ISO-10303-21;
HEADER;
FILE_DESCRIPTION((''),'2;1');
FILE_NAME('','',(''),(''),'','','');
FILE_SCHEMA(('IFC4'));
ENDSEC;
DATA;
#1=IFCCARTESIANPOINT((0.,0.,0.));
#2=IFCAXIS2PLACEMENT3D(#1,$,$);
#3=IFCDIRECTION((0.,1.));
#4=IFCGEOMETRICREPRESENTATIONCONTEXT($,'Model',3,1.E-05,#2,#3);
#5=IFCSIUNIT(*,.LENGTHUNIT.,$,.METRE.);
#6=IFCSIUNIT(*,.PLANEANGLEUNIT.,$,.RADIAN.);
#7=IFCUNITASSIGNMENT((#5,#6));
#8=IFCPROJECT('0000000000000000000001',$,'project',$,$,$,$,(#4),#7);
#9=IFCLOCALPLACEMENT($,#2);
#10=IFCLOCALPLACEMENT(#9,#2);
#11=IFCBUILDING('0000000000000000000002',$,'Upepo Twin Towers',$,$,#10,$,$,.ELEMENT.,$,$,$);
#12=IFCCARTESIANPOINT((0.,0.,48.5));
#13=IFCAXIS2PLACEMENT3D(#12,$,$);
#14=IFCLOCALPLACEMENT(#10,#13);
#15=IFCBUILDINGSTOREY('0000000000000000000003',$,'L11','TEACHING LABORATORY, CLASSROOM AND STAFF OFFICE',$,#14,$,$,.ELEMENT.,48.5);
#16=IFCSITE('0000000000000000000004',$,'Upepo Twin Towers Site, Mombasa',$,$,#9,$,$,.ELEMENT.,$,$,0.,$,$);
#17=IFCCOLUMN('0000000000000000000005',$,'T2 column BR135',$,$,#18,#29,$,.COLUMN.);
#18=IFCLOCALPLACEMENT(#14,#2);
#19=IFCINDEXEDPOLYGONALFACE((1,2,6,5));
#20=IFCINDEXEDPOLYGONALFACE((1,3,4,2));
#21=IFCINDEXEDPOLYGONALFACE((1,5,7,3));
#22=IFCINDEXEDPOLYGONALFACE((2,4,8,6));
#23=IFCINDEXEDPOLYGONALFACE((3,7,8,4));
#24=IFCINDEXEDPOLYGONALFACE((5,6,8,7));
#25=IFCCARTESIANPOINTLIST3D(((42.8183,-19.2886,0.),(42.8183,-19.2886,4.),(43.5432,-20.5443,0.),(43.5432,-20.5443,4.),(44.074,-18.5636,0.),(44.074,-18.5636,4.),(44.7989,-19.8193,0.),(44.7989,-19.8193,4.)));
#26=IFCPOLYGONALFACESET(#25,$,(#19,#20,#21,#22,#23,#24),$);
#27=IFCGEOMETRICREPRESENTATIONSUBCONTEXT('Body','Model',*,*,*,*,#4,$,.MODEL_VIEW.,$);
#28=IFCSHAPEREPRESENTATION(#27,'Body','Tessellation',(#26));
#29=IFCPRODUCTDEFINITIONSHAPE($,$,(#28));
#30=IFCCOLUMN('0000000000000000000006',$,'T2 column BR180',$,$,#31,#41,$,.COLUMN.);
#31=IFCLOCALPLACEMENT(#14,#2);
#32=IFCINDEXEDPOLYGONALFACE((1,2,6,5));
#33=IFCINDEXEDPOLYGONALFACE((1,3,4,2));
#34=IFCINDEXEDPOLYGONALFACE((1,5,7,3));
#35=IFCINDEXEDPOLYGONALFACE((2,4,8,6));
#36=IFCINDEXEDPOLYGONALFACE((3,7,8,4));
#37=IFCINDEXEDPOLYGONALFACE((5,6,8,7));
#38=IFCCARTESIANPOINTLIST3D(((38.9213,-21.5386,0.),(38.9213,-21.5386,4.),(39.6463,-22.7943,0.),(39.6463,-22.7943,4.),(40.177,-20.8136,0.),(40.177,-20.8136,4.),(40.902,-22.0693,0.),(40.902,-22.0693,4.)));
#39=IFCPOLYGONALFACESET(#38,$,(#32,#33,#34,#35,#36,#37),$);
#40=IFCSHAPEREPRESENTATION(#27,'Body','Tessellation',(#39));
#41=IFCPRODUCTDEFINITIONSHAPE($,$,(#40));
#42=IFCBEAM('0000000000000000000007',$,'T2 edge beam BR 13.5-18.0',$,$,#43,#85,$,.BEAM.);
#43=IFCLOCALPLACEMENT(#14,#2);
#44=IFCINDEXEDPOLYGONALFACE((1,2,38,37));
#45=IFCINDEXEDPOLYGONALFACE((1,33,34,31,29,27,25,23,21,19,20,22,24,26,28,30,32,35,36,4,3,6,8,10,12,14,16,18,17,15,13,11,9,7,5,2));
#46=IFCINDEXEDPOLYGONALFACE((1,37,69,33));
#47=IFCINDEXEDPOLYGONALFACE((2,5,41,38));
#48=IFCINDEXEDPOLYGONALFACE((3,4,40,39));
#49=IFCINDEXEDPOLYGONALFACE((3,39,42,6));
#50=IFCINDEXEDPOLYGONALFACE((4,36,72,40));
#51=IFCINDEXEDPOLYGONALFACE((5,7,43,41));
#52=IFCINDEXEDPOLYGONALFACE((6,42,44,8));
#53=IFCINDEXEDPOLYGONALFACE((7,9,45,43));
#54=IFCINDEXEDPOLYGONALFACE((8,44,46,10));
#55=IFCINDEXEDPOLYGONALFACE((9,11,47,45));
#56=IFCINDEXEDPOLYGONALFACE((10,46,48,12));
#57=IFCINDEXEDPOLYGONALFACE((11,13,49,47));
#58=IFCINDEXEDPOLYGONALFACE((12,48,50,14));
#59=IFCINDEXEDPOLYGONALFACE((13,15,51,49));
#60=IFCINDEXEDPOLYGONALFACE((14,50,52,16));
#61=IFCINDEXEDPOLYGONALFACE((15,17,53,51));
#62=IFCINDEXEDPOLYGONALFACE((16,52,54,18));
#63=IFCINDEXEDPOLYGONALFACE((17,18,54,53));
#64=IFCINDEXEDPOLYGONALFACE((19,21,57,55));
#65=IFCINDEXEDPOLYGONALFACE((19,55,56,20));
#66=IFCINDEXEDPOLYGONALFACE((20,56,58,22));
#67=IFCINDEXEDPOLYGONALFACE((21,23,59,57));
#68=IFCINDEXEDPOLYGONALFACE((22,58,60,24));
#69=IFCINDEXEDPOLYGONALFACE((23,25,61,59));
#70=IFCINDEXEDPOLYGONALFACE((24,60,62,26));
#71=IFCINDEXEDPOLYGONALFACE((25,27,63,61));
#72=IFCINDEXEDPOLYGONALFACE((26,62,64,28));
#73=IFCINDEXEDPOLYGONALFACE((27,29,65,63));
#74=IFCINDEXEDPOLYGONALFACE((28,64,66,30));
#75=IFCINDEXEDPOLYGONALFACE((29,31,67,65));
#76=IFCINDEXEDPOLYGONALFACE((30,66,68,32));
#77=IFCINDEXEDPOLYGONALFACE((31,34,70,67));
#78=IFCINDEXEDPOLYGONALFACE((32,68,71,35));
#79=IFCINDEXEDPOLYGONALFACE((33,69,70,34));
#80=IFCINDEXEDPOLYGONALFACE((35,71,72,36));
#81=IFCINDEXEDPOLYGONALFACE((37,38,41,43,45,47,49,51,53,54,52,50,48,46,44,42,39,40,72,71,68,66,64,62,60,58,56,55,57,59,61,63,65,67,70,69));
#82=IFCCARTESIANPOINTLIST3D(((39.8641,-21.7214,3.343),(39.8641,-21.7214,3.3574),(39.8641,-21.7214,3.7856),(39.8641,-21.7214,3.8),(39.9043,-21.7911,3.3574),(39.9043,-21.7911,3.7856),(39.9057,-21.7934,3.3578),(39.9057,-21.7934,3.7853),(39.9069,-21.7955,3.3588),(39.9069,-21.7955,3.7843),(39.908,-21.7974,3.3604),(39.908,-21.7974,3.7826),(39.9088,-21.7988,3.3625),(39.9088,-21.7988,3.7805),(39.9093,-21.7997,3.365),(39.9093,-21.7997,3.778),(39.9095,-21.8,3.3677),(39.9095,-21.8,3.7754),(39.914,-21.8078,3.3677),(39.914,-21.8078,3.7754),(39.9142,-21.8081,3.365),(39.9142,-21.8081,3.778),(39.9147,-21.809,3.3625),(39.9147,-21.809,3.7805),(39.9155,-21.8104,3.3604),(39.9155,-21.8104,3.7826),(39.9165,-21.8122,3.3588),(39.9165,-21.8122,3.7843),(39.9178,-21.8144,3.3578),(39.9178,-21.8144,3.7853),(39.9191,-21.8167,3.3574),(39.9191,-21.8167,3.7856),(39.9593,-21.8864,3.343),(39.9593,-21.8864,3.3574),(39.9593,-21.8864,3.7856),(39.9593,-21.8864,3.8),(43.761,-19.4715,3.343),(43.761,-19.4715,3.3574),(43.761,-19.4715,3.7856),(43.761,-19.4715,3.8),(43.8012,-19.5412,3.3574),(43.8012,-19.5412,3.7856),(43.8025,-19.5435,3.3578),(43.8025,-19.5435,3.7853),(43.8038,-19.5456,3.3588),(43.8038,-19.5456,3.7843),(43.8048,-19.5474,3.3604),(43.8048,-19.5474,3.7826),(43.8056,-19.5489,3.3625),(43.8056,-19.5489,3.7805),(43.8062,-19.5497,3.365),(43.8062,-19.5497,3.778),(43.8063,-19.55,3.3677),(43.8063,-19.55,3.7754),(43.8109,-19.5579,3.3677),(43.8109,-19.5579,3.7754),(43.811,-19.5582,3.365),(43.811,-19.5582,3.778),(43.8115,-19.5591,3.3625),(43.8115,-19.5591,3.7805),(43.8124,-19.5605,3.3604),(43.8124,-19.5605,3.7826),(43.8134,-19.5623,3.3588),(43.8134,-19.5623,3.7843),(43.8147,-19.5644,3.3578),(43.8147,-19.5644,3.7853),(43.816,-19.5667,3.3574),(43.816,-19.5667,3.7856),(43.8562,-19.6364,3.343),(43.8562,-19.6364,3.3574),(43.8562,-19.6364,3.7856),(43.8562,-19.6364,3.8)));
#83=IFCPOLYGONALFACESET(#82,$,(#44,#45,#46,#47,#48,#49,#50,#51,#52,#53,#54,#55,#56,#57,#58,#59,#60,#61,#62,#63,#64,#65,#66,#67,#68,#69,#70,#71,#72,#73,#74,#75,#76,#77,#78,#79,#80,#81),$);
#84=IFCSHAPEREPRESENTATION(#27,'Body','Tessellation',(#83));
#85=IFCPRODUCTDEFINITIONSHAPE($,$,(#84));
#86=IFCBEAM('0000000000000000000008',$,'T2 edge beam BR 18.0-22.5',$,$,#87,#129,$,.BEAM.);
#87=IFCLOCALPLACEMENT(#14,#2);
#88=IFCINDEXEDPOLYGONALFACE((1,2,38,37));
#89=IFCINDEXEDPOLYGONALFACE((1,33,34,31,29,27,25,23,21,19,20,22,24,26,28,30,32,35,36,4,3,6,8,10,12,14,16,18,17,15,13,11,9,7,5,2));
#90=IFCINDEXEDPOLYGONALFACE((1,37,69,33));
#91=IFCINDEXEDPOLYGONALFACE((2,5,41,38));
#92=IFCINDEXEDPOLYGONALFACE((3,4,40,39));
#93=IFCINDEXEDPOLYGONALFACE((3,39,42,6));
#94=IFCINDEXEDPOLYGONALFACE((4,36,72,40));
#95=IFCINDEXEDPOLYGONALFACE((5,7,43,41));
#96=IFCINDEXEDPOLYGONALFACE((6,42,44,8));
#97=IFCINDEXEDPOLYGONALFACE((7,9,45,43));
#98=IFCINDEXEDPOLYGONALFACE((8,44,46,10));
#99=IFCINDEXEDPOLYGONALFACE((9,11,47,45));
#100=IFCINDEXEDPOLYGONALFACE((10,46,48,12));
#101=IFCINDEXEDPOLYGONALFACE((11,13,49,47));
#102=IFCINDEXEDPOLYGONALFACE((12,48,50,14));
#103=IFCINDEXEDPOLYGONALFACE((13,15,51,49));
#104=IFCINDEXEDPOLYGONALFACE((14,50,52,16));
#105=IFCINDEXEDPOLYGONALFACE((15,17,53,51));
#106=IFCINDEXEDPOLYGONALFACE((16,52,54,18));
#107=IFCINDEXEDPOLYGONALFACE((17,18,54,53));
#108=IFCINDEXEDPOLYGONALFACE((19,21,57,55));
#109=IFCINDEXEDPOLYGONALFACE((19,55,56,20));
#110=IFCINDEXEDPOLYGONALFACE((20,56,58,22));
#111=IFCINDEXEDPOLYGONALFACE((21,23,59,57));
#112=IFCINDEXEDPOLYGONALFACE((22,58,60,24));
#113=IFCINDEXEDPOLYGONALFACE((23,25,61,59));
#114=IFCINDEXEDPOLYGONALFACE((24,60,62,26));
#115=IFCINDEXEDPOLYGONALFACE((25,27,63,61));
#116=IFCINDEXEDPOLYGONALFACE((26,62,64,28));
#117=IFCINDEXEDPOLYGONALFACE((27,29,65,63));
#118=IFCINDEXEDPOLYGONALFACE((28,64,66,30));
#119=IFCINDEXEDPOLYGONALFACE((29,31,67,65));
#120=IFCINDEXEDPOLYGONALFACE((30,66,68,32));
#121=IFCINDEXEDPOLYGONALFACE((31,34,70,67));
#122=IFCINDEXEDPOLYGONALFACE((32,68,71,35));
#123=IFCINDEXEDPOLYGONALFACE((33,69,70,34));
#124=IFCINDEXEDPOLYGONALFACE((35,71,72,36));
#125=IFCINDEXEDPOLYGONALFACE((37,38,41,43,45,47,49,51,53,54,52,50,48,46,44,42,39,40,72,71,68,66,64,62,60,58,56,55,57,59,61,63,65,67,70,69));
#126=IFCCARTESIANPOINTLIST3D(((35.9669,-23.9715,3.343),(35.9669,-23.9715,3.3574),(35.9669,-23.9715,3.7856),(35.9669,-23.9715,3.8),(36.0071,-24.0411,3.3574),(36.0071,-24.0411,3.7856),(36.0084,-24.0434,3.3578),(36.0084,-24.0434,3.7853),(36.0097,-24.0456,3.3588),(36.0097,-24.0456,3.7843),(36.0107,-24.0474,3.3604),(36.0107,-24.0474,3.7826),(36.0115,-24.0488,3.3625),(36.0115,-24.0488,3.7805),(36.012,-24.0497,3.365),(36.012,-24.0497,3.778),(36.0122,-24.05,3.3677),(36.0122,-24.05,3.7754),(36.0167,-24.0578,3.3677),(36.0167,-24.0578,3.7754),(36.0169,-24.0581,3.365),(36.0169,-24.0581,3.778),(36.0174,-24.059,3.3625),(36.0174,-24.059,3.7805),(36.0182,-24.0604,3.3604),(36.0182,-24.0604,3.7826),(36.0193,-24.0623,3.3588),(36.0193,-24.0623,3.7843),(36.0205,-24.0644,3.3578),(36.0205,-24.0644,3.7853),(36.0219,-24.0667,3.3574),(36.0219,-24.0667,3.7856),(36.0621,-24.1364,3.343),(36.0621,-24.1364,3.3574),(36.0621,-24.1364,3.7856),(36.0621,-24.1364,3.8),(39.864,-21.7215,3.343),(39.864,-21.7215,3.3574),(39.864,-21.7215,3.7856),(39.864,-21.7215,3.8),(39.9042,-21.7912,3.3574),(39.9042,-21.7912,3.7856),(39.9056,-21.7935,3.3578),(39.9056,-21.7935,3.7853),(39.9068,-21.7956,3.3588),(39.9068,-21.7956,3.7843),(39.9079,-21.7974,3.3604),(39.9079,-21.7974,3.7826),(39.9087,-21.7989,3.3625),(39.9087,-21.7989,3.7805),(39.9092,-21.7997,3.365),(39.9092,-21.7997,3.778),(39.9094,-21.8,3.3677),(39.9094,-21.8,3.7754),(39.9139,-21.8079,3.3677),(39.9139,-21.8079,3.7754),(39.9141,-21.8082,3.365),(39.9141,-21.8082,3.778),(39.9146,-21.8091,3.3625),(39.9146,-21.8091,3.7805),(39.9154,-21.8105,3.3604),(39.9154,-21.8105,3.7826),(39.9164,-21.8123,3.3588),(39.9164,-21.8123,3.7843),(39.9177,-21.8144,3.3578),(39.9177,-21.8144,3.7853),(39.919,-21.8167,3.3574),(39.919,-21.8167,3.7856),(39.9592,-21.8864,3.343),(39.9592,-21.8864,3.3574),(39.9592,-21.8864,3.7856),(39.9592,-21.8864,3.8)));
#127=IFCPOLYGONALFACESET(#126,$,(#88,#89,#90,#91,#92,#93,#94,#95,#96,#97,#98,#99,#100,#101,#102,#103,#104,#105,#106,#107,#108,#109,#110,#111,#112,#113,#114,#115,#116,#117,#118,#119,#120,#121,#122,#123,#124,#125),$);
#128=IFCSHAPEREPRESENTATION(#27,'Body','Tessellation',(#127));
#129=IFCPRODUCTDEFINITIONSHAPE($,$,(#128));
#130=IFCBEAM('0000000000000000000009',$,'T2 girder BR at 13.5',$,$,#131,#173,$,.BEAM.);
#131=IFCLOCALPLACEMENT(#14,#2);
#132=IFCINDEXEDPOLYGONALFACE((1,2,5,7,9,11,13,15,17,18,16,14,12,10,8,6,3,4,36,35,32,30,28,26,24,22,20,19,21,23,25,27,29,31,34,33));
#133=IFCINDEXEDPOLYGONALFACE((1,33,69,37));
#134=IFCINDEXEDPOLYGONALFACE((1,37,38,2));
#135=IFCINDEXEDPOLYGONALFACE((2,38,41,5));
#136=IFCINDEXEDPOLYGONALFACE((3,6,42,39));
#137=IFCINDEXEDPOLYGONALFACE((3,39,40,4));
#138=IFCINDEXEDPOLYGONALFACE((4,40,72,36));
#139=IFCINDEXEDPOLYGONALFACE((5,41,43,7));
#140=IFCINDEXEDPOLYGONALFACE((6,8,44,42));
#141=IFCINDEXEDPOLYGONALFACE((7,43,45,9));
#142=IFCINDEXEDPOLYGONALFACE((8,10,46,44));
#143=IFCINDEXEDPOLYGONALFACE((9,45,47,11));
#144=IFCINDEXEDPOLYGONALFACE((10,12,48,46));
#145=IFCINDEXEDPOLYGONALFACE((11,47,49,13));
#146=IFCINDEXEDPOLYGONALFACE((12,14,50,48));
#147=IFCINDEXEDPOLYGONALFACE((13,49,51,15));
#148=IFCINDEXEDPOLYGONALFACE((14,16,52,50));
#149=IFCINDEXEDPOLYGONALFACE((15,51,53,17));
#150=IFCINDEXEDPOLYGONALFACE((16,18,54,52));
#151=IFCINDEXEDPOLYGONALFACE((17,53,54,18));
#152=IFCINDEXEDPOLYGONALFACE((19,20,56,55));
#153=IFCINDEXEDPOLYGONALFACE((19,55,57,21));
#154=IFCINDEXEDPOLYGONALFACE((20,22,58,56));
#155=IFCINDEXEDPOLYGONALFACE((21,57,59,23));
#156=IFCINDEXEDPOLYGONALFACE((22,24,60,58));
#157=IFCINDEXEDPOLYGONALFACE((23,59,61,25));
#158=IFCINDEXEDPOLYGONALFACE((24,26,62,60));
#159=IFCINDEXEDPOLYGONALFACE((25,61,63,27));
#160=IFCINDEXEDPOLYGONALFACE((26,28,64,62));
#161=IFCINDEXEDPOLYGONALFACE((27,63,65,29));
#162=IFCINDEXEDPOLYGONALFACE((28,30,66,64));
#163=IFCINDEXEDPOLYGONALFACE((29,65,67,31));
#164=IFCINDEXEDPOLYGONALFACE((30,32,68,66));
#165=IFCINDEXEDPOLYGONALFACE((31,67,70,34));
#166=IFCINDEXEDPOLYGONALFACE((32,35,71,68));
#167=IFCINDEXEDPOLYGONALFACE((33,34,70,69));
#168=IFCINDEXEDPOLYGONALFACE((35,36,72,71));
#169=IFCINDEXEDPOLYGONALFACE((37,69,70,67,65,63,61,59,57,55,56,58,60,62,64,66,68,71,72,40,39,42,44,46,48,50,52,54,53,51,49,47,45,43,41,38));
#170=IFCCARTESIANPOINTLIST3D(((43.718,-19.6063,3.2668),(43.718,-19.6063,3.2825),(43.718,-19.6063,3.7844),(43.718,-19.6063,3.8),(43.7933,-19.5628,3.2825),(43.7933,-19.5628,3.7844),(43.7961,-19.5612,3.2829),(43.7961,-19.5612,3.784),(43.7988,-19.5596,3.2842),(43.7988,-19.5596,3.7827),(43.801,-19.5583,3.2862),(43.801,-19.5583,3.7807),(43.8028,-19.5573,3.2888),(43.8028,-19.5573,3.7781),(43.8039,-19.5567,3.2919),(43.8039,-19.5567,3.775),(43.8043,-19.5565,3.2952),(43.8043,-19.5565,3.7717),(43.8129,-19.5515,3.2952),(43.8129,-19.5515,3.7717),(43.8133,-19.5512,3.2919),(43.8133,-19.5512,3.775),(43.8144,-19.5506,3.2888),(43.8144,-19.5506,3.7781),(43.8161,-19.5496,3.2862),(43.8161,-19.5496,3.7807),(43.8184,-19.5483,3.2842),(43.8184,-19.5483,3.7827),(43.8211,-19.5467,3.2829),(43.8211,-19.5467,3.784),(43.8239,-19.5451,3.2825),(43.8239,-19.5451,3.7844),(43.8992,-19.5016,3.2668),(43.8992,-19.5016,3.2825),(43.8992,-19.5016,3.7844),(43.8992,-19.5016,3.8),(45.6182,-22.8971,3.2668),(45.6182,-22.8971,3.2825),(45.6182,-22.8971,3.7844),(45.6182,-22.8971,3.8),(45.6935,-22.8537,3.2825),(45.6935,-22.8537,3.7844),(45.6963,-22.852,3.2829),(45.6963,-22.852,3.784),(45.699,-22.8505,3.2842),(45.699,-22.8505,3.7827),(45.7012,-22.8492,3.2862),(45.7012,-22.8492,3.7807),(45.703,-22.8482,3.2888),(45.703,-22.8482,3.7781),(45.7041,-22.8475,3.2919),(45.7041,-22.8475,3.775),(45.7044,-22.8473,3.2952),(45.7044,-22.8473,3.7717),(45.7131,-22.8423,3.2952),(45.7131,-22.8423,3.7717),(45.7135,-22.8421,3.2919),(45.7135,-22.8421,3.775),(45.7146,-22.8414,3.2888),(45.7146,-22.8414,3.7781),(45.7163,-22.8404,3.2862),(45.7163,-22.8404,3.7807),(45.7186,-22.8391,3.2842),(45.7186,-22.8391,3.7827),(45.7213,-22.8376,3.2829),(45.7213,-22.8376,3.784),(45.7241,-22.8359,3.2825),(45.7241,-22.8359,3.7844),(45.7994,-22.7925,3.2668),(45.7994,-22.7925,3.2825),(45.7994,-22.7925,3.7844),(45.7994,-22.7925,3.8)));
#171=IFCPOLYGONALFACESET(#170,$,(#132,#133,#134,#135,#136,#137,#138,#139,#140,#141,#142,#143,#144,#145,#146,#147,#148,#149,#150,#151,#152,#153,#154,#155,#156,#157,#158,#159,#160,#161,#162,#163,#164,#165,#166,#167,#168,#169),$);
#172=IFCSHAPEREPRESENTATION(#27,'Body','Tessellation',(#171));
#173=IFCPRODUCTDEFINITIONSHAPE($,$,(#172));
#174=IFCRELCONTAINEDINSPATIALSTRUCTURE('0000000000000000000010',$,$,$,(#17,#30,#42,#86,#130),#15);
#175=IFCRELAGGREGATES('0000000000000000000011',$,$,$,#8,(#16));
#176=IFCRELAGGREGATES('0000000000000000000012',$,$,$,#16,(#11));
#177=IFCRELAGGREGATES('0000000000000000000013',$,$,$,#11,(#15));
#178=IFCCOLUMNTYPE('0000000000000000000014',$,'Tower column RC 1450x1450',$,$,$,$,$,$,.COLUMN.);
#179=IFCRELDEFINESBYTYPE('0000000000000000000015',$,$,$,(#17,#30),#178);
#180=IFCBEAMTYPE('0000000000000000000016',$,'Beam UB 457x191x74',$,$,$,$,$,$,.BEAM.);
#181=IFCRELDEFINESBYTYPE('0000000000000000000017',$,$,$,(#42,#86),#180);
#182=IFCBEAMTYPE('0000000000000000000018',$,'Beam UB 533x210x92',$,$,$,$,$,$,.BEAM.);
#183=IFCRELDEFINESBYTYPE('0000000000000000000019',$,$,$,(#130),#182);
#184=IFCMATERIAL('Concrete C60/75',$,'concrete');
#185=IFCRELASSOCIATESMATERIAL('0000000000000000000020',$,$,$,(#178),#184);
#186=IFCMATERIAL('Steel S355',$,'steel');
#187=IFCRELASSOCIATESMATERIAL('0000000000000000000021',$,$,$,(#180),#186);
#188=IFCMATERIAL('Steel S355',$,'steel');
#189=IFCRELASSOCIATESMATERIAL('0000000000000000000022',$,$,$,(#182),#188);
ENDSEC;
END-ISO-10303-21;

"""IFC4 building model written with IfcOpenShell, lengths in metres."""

from ifc_helpers import new_model, si_unit, direction, frame, origin, origin_2d, place, context, subcontext, project, spatial, rectangle, i_section, extrude, material, material_profile, profile_set, type_object, element, save


model = new_model("IFC4")

# Units and contexts
model_context = context("Model", 3, precision=1e-05, world=origin(), true_north=direction((0.0, 1.0)))
body_context = subcontext(model_context, "Body", "Model", "MODEL_VIEW")
ifc_project = project(units=[si_unit("LENGTHUNIT", "METRE"), si_unit("PLANEANGLEUNIT", "RADIAN")], contexts=[model_context])

# Site, building, storey
site_placement = place(None, origin())
site = spatial("IfcSite", under=ifc_project, at=site_placement, Name="Upepo Twin Towers Site, Mombasa", CompositionType="ELEMENT", RefElevation=0.0)
building_placement = place(site_placement, origin())
building = spatial("IfcBuilding", under=site, at=building_placement, Name="Upepo Twin Towers", CompositionType="ELEMENT")
storey_placement = place(building_placement, frame((0.0, 0.0, 48.5)))
storey = spatial("IfcBuildingStorey", under=building, at=storey_placement, Name="L11", Description="TEACHING LABORATORY, CLASSROOM AND STAFF OFFICE", CompositionType="ELEMENT", Elevation=48.5)

# Columns
ifc_material_1 = material(Name="Concrete C60/75", Category="concrete")
ifc_material_profile_1 = material_profile(ifc_material_1, rectangle(XDim=1.45, YDim=1.45, at=origin_2d()), Name="RC 1450x1450")
ifc_profile_set_1 = profile_set([ifc_material_profile_1], Name="Concrete C60/75")
column_type = type_object("IfcColumnType", Name="Tower column RC 1450x1450", PredefinedType="COLUMN", material=ifc_profile_set_1)
for number, where, z_axis, x_axis, name in (
    (1, (43.8086, -19.554, 0.0), (0.0, 0.0, 1.0), (0.866025, 0.5, 0.0), "T2 column BR135"),
    (2, (39.9116, -21.804, 0.0), (0.0, 0.0, 1.0), (0.866025, 0.5, 0.0), "T2 column BR180"),
):
    element("IfcColumn", number, at=place(storey_placement, frame(where, z_axis=z_axis, x_axis=x_axis)), inside=storey, type_object=column_type, Name=name, PredefinedType="COLUMN", context=body_context, shape_type="SweptSolid", body=[
        extrude(rectangle(XDim=1.45, YDim=1.45, at=origin_2d()), origin(), (0.0, 0.0, 1.0), 4.0),
    ])

# Beams
ifc_material_2 = material(Name="Steel S355", Category="steel")
ifc_material_profile_2 = material_profile(ifc_material_2, i_section(OverallWidth=0.1904, OverallDepth=0.457, WebThickness=0.009, FlangeThickness=0.0144, FilletRadius=0.0103, at=origin_2d()), Name="UB 457x191x74")
ifc_profile_set_2 = profile_set([ifc_material_profile_2], Name="Steel S355")
beam_type_1 = type_object("IfcBeamType", Name="Beam UB 457x191x74", PredefinedType="BEAM", material=ifc_profile_set_2)
beam_1_placement = place(storey_placement, frame((43.8086, -19.554, 3.5715), z_axis=(-0.866018, -0.500014, 0.0), x_axis=(0.500014, -0.866018, 0.0)))
element("IfcBeam", 3, at=beam_1_placement, inside=storey, type_object=beam_type_1, Name="T2 edge beam BR 13.5-18.0", PredefinedType="BEAM", context=body_context, shape_type="SweptSolid", body=[
    extrude(i_section(OverallWidth=0.1904, OverallDepth=0.457, WebThickness=0.009, FlangeThickness=0.0144, FilletRadius=0.0103, at=origin_2d()), origin(), (0.0, 0.0, 1.0), 4.4998),
])
beam_2_placement = place(storey_placement, frame((39.9116, -21.804, 3.5715), z_axis=(-0.866031, -0.49999, 0.0), x_axis=(0.49999, -0.866031, 0.0)))
element("IfcBeam", 4, at=beam_2_placement, inside=storey, type_object=beam_type_1, Name="T2 edge beam BR 18.0-22.5", PredefinedType="BEAM", context=body_context, shape_type="SweptSolid", body=[
    extrude(i_section(OverallWidth=0.1904, OverallDepth=0.457, WebThickness=0.009, FlangeThickness=0.0144, FilletRadius=0.0103, at=origin_2d()), origin(), (0.0, 0.0, 1.0), 4.5),
])
ifc_material_3 = material(Name="Steel S355", Category="steel")
ifc_material_profile_3 = material_profile(ifc_material_3, i_section(OverallWidth=0.2092, OverallDepth=0.5332, WebThickness=0.01, FlangeThickness=0.0156, FilletRadius=0.0127, at=origin_2d()), Name="UB 533x210x92")
ifc_profile_set_3 = profile_set([ifc_material_profile_3], Name="Steel S355")
beam_type_2 = type_object("IfcBeamType", Name="Beam UB 533x210x92", PredefinedType="BEAM", material=ifc_profile_set_3)
beam_3_placement = place(storey_placement, frame((43.8086, -19.554, 3.5334), z_axis=(0.500043, -0.866, 0.0), x_axis=(0.866, 0.500043, 0.0)))
element("IfcBeam", 5, at=beam_3_placement, inside=storey, type_object=beam_type_2, Name="T2 girder BR at 13.5", PredefinedType="BEAM", context=body_context, shape_type="SweptSolid", body=[
    extrude(i_section(OverallWidth=0.2092, OverallDepth=0.5332, WebThickness=0.01, FlangeThickness=0.0156, FilletRadius=0.0127, at=origin_2d()), origin(), (0.0, 0.0, 1.0), 3.8),
])

save(model, "model.ifc")
